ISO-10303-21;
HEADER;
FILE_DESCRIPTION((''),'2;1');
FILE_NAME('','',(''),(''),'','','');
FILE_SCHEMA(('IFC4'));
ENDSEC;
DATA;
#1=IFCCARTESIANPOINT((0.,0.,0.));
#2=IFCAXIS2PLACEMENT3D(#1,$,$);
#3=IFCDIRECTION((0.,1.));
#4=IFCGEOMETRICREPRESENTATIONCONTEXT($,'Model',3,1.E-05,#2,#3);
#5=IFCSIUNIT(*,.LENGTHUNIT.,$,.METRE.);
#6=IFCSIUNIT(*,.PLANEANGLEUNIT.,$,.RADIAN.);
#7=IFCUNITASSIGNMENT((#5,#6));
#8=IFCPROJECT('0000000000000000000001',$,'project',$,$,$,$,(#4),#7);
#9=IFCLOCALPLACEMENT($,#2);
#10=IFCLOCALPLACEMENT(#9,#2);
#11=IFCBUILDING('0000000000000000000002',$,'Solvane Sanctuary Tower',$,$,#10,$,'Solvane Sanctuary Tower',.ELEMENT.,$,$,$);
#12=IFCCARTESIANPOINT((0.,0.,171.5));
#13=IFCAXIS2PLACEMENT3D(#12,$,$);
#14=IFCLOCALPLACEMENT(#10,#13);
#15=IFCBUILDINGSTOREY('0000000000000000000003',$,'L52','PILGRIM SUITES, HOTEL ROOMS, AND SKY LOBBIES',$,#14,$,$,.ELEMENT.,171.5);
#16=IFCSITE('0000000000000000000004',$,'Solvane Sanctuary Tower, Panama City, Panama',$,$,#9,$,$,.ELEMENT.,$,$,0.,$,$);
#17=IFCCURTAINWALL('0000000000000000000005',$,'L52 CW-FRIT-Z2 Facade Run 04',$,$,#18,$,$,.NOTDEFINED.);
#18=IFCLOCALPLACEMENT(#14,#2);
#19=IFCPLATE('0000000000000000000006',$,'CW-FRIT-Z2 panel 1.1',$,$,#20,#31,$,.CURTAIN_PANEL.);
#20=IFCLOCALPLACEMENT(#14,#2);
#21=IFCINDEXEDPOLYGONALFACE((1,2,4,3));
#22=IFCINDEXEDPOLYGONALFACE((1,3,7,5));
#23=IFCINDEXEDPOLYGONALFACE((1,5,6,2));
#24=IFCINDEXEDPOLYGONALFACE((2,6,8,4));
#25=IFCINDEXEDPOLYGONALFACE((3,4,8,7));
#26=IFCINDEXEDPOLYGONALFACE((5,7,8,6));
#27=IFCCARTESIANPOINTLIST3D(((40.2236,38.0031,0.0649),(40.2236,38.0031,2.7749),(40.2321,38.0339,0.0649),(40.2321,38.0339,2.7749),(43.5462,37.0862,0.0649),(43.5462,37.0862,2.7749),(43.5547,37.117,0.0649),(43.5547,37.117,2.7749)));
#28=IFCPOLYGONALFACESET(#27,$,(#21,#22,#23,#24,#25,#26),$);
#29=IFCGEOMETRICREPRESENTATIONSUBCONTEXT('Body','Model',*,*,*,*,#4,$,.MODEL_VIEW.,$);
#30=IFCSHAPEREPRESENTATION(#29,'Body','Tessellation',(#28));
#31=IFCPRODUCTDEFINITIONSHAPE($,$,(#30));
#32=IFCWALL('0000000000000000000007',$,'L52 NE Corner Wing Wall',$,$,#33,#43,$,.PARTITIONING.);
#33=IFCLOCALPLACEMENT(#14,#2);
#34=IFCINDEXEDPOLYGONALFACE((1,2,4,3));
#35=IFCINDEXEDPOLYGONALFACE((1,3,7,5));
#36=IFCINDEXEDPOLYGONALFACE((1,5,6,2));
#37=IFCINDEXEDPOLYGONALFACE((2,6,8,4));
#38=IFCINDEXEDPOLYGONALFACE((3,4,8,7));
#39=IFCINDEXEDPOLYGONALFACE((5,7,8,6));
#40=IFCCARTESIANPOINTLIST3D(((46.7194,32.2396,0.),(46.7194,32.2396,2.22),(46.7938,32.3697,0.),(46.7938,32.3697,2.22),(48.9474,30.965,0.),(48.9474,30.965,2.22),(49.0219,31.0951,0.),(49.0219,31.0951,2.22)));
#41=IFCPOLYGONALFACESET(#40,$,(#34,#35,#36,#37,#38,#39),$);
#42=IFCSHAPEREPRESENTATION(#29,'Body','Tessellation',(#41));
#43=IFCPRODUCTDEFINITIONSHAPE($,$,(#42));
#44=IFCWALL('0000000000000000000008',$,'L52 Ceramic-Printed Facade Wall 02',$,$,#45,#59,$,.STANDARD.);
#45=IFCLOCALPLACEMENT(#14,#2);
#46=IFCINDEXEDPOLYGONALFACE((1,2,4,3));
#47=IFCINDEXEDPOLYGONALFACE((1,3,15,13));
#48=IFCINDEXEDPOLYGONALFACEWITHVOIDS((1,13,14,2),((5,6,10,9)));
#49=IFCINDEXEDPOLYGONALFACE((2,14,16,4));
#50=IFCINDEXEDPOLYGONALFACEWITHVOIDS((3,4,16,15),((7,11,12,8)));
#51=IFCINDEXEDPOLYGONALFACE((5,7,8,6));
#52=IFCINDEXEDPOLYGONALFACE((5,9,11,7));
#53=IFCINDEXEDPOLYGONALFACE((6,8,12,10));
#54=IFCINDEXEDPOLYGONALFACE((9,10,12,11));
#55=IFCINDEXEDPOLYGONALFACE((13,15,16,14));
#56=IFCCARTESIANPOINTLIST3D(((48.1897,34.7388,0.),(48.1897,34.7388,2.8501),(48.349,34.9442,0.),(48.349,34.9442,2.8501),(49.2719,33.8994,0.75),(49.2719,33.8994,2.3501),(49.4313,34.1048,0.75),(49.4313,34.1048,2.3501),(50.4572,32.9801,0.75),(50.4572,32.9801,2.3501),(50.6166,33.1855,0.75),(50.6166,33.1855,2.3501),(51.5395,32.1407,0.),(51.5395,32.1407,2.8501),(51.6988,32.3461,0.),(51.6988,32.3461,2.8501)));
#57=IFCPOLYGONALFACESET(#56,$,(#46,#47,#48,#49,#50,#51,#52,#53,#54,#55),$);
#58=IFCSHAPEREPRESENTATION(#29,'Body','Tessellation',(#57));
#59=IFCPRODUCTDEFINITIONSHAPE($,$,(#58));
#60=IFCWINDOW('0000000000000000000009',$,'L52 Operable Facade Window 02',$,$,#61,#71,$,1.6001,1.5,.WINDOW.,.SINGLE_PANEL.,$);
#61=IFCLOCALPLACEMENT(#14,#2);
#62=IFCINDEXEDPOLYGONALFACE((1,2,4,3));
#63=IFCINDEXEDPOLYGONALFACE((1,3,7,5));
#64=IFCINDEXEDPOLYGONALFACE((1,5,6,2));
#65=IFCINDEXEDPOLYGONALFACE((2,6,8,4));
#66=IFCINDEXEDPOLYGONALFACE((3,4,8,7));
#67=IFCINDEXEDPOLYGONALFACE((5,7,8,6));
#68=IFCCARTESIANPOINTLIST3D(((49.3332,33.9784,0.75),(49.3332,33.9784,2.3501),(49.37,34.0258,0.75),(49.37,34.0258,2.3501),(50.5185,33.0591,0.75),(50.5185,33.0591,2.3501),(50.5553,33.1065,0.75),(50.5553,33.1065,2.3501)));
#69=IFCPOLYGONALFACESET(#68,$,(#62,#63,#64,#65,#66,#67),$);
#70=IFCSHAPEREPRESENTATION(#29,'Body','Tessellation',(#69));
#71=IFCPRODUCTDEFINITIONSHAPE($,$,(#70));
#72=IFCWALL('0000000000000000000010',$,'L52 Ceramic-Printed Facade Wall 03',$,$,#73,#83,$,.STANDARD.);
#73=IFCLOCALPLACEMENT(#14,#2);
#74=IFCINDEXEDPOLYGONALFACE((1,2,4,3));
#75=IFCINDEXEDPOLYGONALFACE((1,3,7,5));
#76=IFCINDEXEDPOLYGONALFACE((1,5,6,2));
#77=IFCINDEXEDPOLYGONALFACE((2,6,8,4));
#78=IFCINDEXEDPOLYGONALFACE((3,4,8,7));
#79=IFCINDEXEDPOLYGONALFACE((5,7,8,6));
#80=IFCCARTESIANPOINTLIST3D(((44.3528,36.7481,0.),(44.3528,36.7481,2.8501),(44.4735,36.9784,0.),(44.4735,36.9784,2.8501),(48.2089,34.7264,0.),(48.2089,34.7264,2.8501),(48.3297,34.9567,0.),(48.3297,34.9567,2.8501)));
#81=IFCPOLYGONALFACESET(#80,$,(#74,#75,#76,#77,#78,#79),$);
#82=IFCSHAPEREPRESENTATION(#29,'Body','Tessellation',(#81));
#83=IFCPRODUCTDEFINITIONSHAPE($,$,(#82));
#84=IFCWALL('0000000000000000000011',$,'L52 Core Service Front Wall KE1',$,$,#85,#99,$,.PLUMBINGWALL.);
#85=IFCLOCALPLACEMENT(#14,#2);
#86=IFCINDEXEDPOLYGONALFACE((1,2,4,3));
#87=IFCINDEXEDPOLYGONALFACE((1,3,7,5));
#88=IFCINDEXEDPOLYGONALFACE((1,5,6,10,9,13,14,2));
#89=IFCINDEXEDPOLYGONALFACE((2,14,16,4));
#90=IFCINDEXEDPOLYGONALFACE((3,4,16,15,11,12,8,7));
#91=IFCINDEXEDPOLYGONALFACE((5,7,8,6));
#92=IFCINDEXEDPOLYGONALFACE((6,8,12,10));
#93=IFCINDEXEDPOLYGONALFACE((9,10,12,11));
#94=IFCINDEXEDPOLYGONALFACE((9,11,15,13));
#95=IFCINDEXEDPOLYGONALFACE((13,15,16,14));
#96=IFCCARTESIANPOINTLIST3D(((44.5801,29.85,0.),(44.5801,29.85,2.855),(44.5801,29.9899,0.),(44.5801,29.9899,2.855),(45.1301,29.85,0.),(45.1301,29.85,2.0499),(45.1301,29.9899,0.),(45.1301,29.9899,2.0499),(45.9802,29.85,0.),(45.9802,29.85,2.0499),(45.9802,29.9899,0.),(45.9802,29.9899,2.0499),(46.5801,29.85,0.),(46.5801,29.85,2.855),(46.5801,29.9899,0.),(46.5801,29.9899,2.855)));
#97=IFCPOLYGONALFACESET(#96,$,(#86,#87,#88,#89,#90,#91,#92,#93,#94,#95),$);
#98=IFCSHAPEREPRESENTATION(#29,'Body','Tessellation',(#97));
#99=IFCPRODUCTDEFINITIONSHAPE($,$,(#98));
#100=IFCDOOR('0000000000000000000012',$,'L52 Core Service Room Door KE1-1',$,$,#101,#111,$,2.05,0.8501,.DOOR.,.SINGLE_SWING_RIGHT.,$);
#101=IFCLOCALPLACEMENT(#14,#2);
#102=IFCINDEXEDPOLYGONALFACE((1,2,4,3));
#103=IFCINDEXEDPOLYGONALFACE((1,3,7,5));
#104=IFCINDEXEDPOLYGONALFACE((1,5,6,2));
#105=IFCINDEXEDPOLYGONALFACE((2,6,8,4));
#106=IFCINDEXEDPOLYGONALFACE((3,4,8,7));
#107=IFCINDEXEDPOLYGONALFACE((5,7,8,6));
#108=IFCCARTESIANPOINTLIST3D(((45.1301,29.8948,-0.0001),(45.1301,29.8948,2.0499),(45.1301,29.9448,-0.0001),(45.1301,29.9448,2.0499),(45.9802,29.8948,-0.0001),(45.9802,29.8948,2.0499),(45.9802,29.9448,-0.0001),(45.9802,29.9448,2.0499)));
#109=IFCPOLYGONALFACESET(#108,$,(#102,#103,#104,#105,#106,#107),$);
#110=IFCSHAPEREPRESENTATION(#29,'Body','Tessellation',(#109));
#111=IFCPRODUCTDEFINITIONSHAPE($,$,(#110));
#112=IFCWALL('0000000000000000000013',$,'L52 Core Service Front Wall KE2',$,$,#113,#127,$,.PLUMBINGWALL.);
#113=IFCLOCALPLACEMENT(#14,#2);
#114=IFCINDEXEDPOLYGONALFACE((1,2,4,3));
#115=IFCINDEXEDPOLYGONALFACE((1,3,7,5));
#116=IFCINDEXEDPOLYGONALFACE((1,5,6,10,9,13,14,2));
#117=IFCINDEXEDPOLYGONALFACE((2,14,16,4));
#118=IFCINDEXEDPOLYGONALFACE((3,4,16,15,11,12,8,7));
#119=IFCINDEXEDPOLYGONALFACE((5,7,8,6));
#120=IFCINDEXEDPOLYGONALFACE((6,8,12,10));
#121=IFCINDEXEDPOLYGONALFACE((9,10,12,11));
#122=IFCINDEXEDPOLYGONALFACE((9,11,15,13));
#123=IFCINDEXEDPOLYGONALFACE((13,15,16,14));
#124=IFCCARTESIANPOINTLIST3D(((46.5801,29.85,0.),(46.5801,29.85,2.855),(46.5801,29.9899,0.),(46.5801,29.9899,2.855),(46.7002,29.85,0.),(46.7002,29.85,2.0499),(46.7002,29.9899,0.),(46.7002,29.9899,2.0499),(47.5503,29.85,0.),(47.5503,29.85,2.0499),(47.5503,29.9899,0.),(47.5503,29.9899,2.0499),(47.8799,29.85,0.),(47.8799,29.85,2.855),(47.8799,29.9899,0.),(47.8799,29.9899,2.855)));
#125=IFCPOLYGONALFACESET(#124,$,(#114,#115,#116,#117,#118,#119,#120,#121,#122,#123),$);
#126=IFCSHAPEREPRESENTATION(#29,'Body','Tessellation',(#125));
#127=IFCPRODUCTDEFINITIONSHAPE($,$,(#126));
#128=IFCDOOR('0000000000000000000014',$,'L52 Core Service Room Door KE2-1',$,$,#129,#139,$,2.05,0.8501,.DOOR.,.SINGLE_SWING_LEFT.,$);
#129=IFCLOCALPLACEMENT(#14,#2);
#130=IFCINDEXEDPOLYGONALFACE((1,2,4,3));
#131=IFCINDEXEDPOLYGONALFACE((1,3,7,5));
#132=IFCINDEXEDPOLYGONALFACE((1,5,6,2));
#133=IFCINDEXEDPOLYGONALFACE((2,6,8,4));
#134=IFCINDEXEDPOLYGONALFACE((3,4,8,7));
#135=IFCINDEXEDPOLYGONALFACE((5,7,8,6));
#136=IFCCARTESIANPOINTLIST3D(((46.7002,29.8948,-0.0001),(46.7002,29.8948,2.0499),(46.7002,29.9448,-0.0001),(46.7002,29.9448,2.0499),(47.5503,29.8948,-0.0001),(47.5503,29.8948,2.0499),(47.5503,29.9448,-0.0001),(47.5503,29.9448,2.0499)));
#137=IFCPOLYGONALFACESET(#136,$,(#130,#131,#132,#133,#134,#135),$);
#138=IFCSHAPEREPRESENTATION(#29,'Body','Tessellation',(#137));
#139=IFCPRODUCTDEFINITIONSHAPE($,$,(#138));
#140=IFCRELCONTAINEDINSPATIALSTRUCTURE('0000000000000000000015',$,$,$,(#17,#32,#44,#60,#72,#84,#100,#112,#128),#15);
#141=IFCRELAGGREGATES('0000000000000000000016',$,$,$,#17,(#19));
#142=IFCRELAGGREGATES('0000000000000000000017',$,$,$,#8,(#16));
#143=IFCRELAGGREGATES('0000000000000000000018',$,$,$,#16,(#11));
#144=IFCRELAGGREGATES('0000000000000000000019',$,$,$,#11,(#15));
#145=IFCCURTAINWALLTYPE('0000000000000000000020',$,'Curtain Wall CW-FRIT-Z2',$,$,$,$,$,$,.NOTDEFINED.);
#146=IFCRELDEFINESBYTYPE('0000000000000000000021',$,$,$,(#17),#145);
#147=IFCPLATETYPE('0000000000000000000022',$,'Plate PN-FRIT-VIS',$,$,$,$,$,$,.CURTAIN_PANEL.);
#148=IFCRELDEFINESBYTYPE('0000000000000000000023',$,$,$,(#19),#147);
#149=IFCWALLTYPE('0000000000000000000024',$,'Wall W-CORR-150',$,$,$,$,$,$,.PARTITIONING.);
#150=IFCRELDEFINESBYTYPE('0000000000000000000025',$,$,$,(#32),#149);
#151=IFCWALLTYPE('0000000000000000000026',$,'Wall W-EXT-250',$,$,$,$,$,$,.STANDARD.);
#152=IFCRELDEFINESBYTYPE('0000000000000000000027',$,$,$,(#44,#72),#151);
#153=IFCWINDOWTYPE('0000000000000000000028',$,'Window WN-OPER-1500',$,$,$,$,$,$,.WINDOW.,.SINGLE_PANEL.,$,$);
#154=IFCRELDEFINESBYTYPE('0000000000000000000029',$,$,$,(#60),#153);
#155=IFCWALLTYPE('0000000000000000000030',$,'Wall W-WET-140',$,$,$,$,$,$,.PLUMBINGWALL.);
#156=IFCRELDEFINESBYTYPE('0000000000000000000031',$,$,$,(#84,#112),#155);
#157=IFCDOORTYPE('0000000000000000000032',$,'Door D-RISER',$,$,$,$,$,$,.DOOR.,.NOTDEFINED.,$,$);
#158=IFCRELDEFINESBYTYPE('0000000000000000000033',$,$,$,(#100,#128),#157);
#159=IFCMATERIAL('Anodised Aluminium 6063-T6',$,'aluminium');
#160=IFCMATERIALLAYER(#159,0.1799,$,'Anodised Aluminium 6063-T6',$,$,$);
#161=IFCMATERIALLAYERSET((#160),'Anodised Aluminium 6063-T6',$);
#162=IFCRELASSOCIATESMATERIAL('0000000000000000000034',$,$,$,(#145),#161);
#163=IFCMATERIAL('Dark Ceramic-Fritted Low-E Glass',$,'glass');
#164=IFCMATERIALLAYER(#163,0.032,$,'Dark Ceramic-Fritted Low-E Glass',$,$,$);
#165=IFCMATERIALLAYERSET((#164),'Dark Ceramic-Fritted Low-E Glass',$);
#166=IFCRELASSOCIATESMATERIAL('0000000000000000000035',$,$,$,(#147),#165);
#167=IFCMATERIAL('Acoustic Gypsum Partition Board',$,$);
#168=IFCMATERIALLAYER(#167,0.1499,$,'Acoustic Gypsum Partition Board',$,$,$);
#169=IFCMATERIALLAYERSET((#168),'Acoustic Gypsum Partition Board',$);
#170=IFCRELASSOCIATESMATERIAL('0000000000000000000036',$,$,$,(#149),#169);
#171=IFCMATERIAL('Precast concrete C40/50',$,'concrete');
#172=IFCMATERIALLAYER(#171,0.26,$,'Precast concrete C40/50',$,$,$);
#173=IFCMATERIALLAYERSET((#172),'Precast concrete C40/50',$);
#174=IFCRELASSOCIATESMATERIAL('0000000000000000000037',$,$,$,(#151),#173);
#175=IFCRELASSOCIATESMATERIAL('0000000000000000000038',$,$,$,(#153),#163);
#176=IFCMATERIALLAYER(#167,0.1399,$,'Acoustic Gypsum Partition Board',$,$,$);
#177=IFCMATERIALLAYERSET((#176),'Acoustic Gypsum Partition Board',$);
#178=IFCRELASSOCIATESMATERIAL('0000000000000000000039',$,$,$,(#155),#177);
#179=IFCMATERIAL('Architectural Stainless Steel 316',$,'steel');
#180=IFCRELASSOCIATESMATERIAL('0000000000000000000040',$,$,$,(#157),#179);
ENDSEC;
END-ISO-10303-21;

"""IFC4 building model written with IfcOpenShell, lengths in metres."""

from ifc_helpers import new_model, si_unit, direction, frame, frame_2d, origin, origin_2d, place, context, subcontext, project, spatial, rectangle, extrude, material, layer, layer_set, type_object, element, fill, aggregate, save


model = new_model("IFC4")

# Units and contexts
model_context = context("Model", 3, precision=1e-05, world=origin(), true_north=direction((0.0, 1.0)))
body_context = subcontext(model_context, "Body", "Model", "MODEL_VIEW")
ifc_project = project(units=[si_unit("LENGTHUNIT", "METRE"), si_unit("PLANEANGLEUNIT", "RADIAN")], contexts=[model_context])

# Site, building, storey
site_placement = place(None, origin())
site = spatial("IfcSite", under=ifc_project, at=site_placement, Name="Solvane Sanctuary Tower, Panama City, Panama", CompositionType="ELEMENT", RefElevation=0.0)
building_placement = place(site_placement, origin())
building = spatial("IfcBuilding", under=site, at=building_placement, Name="Solvane Sanctuary Tower", LongName="Solvane Sanctuary Tower", CompositionType="ELEMENT")
storey_placement = place(building_placement, frame((0.0, 0.0, 171.5)))
storey = spatial("IfcBuildingStorey", under=building, at=storey_placement, Name="L52", Description="PILGRIM SUITES, HOTEL ROOMS, AND SKY LOBBIES", CompositionType="ELEMENT", Elevation=171.5)

# Curtain wall
ifc_material_1 = material(Name="Anodised Aluminium 6063-T6", Category="aluminium")
ifc_layer_1 = layer(ifc_material_1, 0.1799, Name="Anodised Aluminium 6063-T6")
ifc_layer_set_1 = layer_set([ifc_layer_1], Name="Anodised Aluminium 6063-T6")
curtain_wall_type = type_object("IfcCurtainWallType", Name="Curtain Wall CW-FRIT-Z2", PredefinedType="NOTDEFINED", material=ifc_layer_set_1)
curtain_wall_placement = place(storey_placement, origin())
curtain_wall = element("IfcCurtainWall", 1, at=curtain_wall_placement, inside=storey, type_object=curtain_wall_type, Name="L52 CW-FRIT-Z2 Facade Run 04", PredefinedType="NOTDEFINED")

# Plate
ifc_material_2 = material(Name="Dark Ceramic-Fritted Low-E Glass", Category="glass")
ifc_layer_2 = layer(ifc_material_2, 0.032, Name="Dark Ceramic-Fritted Low-E Glass")
ifc_layer_set_2 = layer_set([ifc_layer_2], Name="Dark Ceramic-Fritted Low-E Glass")
plate_type = type_object("IfcPlateType", Name="Plate PN-FRIT-VIS", PredefinedType="CURTAIN_PANEL", material=ifc_layer_set_2)
plate_placement = place(storey_placement, frame((41.8892, 37.5601, 0.0649), z_axis=(0.0, 0.0, 1.0), x_axis=(-0.963967, 0.266022, 0.0)))
plate = element("IfcPlate", 2, at=plate_placement, type_object=plate_type, Name="CW-FRIT-Z2 panel 1.1", PredefinedType="CURTAIN_PANEL", context=body_context, shape_type="SweptSolid", body=[
    extrude(rectangle(XDim=3.4468, YDim=0.032, at=origin_2d()), origin(), (0.0, 0.0, 1.0), 2.71),
])
aggregate(curtain_wall, [plate])

# Wall
ifc_material_3 = material(Name="Acoustic Gypsum Partition Board")
ifc_layer_3 = layer(ifc_material_3, 0.1499, Name="Acoustic Gypsum Partition Board")
ifc_layer_set_3 = layer_set([ifc_layer_3], Name="Acoustic Gypsum Partition Board")
wall_type_1 = type_object("IfcWallType", Name="Wall W-CORR-150", PredefinedType="PARTITIONING", material=ifc_layer_set_3)
wall_1_placement = place(storey_placement, frame((46.7566, 32.3047, 0.0), z_axis=(0.0, 0.0, 1.0), x_axis=(0.867991, -0.496579, 0.0)))
element("IfcWall", 3, at=wall_1_placement, inside=storey, type_object=wall_type_1, Name="L52 NE Corner Wing Wall", PredefinedType="PARTITIONING", context=body_context, shape_type="SweptSolid", body=[
    extrude(rectangle(XDim=2.5669, YDim=0.1499, at=frame_2d((1.2834, 0.0))), origin(), (0.0, 0.0, 1.0), 2.22),
])

# Wall, opening, window
ifc_material_4 = material(Name="Precast concrete C40/50", Category="concrete")
ifc_layer_4 = layer(ifc_material_4, 0.26, Name="Precast concrete C40/50")
ifc_layer_set_4 = layer_set([ifc_layer_4], Name="Precast concrete C40/50")
wall_type_2 = type_object("IfcWallType", Name="Wall W-EXT-250", PredefinedType="STANDARD", material=ifc_layer_set_4)
wall_2_placement = place(storey_placement, frame((51.6191, 32.2434, 0.0), z_axis=(0.0, 0.0, 1.0), x_axis=(-0.790186, 0.612868, 0.0)))
wall_2 = element("IfcWall", 4, at=wall_2_placement, inside=storey, type_object=wall_type_2, Name="L52 Ceramic-Printed Facade Wall 02", PredefinedType="STANDARD", context=body_context, shape_type="SweptSolid", body=[
    extrude(rectangle(XDim=4.2393, YDim=0.26, at=frame_2d((2.1196, 0.0))), origin(), (0.0, 0.0, 1.0), 2.8501),
])
opening_1_placement = place(wall_2_placement, frame((1.3696, 0.0, 0.75)))
opening_1 = element("IfcOpeningElement", 5, at=opening_1_placement, cuts=wall_2, PredefinedType="OPENING", context=body_context, shape_type="SweptSolid", body=[
    extrude(rectangle(XDim=1.5, YDim=1.6001, at=frame_2d((0.75, 0.8))), frame((0.0, 0.1399, 0.0), z_axis=(0.0, -1.0, 0.0), x_axis=(1.0, 0.0, 0.0)), (0.0, 0.0, 1.0), 0.28),
])
window_type = type_object("IfcWindowType", Name="Window WN-OPER-1500", PartitioningType="SINGLE_PANEL", PredefinedType="WINDOW", material=ifc_material_2)
window_placement = place(opening_1_placement, origin())
window = element("IfcWindow", 6, at=window_placement, inside=storey, type_object=window_type, Name="L52 Operable Facade Window 02", OverallHeight=1.6001, OverallWidth=1.5, PartitioningType="SINGLE_PANEL", PredefinedType="WINDOW", context=body_context, shape_type="SweptSolid", body=[
    extrude(rectangle(XDim=1.5, YDim=1.6001, at=frame_2d((0.75, 0.8))), frame((0.0, 0.03, 0.0), z_axis=(0.0, -1.0, 0.0), x_axis=(1.0, 0.0, 0.0)), (0.0, 0.0, 1.0), 0.0601),
])
fill(opening_1, window)

# Wall
wall_3_placement = place(storey_placement, frame((48.2693, 34.8416, 0.0), z_axis=(0.0, 0.0, 1.0), x_axis=(-0.88566, 0.464334, 0.0)))
element("IfcWall", 7, at=wall_3_placement, inside=storey, type_object=wall_type_2, Name="L52 Ceramic-Printed Facade Wall 03", PredefinedType="STANDARD", context=body_context, shape_type="SweptSolid", body=[
    extrude(rectangle(XDim=4.354, YDim=0.26, at=frame_2d((2.177, 0.0))), origin(), (0.0, 0.0, 1.0), 2.8501),
])

# Walls, openings, doors
ifc_layer_5 = layer(ifc_material_3, 0.1399, Name="Acoustic Gypsum Partition Board")
ifc_layer_set_5 = layer_set([ifc_layer_5], Name="Acoustic Gypsum Partition Board")
wall_type_3 = type_object("IfcWallType", Name="Wall W-WET-140", PredefinedType="PLUMBINGWALL", material=ifc_layer_set_5)
wall_4_placement = place(storey_placement, frame((44.5801, 29.9199, 0.0), z_axis=(0.0, 0.0, 1.0), x_axis=(1.0, 0.0, 0.0)))
wall_4 = element("IfcWall", 8, at=wall_4_placement, inside=storey, type_object=wall_type_3, Name="L52 Core Service Front Wall KE1", PredefinedType="PLUMBINGWALL", context=body_context, shape_type="SweptSolid", body=[
    extrude(rectangle(XDim=2.0, YDim=0.1399, at=frame_2d((1.0, 0.0))), origin(), (0.0, 0.0, 1.0), 2.855),
])
opening_2_placement = place(wall_4_placement, frame((0.55, 0.0, 0.0)))
opening_2 = element("IfcOpeningElement", 9, at=opening_2_placement, cuts=wall_4, PredefinedType="OPENING", context=body_context, shape_type="SweptSolid", body=[
    extrude(rectangle(XDim=0.8501, YDim=2.05, at=frame_2d((0.425, 1.0249))), frame((0.0, 0.0798, 0.0), z_axis=(0.0, -1.0, 0.0), x_axis=(1.0, 0.0, 0.0)), (0.0, 0.0, 1.0), 0.1599),
])
ifc_material_5 = material(Name="Architectural Stainless Steel 316", Category="steel")
door_type = type_object("IfcDoorType", Name="Door D-RISER", OperationType="NOTDEFINED", PredefinedType="DOOR", material=ifc_material_5)
door_1_placement = place(opening_2_placement, origin())
door_1 = element("IfcDoor", 10, at=door_1_placement, inside=storey, type_object=door_type, Name="L52 Core Service Room Door KE1-1", OperationType="SINGLE_SWING_RIGHT", OverallHeight=2.05, OverallWidth=0.8501, PredefinedType="DOOR", context=body_context, shape_type="SweptSolid", body=[
    extrude(rectangle(XDim=0.8501, YDim=2.05, at=frame_2d((0.425, 1.0249))), frame((0.0, 0.0249, 0.0), z_axis=(0.0, -1.0, 0.0), x_axis=(1.0, 0.0, 0.0)), (0.0, 0.0, 1.0), 0.05),
])
fill(opening_2, door_1)
wall_5_placement = place(storey_placement, frame((46.5801, 29.9199, 0.0), z_axis=(0.0, 0.0, 1.0), x_axis=(1.0, 0.0, 0.0)))
wall_5 = element("IfcWall", 11, at=wall_5_placement, inside=storey, type_object=wall_type_3, Name="L52 Core Service Front Wall KE2", PredefinedType="PLUMBINGWALL", context=body_context, shape_type="SweptSolid", body=[
    extrude(rectangle(XDim=1.2998, YDim=0.1399, at=frame_2d((0.6499, 0.0))), origin(), (0.0, 0.0, 1.0), 2.855),
])
opening_3_placement = place(wall_5_placement, frame((0.1201, 0.0, 0.0)))
opening_3 = element("IfcOpeningElement", 12, at=opening_3_placement, cuts=wall_5, PredefinedType="OPENING", context=body_context, shape_type="SweptSolid", body=[
    extrude(rectangle(XDim=0.8501, YDim=2.05, at=frame_2d((0.425, 1.0249))), frame((0.0, 0.0798, 0.0), z_axis=(0.0, -1.0, 0.0), x_axis=(1.0, 0.0, 0.0)), (0.0, 0.0, 1.0), 0.1599),
])
door_2_placement = place(opening_3_placement, origin())
door_2 = element("IfcDoor", 13, at=door_2_placement, inside=storey, type_object=door_type, Name="L52 Core Service Room Door KE2-1", OperationType="SINGLE_SWING_LEFT", OverallHeight=2.05, OverallWidth=0.8501, PredefinedType="DOOR", context=body_context, shape_type="SweptSolid", body=[
    extrude(rectangle(XDim=0.8501, YDim=2.05, at=frame_2d((0.425, 1.0249))), frame((0.0, 0.0249, 0.0), z_axis=(0.0, -1.0, 0.0), x_axis=(1.0, 0.0, 0.0)), (0.0, 0.0, 1.0), 0.05),
])
fill(opening_3, door_2)

save(model, "model.ifc")
